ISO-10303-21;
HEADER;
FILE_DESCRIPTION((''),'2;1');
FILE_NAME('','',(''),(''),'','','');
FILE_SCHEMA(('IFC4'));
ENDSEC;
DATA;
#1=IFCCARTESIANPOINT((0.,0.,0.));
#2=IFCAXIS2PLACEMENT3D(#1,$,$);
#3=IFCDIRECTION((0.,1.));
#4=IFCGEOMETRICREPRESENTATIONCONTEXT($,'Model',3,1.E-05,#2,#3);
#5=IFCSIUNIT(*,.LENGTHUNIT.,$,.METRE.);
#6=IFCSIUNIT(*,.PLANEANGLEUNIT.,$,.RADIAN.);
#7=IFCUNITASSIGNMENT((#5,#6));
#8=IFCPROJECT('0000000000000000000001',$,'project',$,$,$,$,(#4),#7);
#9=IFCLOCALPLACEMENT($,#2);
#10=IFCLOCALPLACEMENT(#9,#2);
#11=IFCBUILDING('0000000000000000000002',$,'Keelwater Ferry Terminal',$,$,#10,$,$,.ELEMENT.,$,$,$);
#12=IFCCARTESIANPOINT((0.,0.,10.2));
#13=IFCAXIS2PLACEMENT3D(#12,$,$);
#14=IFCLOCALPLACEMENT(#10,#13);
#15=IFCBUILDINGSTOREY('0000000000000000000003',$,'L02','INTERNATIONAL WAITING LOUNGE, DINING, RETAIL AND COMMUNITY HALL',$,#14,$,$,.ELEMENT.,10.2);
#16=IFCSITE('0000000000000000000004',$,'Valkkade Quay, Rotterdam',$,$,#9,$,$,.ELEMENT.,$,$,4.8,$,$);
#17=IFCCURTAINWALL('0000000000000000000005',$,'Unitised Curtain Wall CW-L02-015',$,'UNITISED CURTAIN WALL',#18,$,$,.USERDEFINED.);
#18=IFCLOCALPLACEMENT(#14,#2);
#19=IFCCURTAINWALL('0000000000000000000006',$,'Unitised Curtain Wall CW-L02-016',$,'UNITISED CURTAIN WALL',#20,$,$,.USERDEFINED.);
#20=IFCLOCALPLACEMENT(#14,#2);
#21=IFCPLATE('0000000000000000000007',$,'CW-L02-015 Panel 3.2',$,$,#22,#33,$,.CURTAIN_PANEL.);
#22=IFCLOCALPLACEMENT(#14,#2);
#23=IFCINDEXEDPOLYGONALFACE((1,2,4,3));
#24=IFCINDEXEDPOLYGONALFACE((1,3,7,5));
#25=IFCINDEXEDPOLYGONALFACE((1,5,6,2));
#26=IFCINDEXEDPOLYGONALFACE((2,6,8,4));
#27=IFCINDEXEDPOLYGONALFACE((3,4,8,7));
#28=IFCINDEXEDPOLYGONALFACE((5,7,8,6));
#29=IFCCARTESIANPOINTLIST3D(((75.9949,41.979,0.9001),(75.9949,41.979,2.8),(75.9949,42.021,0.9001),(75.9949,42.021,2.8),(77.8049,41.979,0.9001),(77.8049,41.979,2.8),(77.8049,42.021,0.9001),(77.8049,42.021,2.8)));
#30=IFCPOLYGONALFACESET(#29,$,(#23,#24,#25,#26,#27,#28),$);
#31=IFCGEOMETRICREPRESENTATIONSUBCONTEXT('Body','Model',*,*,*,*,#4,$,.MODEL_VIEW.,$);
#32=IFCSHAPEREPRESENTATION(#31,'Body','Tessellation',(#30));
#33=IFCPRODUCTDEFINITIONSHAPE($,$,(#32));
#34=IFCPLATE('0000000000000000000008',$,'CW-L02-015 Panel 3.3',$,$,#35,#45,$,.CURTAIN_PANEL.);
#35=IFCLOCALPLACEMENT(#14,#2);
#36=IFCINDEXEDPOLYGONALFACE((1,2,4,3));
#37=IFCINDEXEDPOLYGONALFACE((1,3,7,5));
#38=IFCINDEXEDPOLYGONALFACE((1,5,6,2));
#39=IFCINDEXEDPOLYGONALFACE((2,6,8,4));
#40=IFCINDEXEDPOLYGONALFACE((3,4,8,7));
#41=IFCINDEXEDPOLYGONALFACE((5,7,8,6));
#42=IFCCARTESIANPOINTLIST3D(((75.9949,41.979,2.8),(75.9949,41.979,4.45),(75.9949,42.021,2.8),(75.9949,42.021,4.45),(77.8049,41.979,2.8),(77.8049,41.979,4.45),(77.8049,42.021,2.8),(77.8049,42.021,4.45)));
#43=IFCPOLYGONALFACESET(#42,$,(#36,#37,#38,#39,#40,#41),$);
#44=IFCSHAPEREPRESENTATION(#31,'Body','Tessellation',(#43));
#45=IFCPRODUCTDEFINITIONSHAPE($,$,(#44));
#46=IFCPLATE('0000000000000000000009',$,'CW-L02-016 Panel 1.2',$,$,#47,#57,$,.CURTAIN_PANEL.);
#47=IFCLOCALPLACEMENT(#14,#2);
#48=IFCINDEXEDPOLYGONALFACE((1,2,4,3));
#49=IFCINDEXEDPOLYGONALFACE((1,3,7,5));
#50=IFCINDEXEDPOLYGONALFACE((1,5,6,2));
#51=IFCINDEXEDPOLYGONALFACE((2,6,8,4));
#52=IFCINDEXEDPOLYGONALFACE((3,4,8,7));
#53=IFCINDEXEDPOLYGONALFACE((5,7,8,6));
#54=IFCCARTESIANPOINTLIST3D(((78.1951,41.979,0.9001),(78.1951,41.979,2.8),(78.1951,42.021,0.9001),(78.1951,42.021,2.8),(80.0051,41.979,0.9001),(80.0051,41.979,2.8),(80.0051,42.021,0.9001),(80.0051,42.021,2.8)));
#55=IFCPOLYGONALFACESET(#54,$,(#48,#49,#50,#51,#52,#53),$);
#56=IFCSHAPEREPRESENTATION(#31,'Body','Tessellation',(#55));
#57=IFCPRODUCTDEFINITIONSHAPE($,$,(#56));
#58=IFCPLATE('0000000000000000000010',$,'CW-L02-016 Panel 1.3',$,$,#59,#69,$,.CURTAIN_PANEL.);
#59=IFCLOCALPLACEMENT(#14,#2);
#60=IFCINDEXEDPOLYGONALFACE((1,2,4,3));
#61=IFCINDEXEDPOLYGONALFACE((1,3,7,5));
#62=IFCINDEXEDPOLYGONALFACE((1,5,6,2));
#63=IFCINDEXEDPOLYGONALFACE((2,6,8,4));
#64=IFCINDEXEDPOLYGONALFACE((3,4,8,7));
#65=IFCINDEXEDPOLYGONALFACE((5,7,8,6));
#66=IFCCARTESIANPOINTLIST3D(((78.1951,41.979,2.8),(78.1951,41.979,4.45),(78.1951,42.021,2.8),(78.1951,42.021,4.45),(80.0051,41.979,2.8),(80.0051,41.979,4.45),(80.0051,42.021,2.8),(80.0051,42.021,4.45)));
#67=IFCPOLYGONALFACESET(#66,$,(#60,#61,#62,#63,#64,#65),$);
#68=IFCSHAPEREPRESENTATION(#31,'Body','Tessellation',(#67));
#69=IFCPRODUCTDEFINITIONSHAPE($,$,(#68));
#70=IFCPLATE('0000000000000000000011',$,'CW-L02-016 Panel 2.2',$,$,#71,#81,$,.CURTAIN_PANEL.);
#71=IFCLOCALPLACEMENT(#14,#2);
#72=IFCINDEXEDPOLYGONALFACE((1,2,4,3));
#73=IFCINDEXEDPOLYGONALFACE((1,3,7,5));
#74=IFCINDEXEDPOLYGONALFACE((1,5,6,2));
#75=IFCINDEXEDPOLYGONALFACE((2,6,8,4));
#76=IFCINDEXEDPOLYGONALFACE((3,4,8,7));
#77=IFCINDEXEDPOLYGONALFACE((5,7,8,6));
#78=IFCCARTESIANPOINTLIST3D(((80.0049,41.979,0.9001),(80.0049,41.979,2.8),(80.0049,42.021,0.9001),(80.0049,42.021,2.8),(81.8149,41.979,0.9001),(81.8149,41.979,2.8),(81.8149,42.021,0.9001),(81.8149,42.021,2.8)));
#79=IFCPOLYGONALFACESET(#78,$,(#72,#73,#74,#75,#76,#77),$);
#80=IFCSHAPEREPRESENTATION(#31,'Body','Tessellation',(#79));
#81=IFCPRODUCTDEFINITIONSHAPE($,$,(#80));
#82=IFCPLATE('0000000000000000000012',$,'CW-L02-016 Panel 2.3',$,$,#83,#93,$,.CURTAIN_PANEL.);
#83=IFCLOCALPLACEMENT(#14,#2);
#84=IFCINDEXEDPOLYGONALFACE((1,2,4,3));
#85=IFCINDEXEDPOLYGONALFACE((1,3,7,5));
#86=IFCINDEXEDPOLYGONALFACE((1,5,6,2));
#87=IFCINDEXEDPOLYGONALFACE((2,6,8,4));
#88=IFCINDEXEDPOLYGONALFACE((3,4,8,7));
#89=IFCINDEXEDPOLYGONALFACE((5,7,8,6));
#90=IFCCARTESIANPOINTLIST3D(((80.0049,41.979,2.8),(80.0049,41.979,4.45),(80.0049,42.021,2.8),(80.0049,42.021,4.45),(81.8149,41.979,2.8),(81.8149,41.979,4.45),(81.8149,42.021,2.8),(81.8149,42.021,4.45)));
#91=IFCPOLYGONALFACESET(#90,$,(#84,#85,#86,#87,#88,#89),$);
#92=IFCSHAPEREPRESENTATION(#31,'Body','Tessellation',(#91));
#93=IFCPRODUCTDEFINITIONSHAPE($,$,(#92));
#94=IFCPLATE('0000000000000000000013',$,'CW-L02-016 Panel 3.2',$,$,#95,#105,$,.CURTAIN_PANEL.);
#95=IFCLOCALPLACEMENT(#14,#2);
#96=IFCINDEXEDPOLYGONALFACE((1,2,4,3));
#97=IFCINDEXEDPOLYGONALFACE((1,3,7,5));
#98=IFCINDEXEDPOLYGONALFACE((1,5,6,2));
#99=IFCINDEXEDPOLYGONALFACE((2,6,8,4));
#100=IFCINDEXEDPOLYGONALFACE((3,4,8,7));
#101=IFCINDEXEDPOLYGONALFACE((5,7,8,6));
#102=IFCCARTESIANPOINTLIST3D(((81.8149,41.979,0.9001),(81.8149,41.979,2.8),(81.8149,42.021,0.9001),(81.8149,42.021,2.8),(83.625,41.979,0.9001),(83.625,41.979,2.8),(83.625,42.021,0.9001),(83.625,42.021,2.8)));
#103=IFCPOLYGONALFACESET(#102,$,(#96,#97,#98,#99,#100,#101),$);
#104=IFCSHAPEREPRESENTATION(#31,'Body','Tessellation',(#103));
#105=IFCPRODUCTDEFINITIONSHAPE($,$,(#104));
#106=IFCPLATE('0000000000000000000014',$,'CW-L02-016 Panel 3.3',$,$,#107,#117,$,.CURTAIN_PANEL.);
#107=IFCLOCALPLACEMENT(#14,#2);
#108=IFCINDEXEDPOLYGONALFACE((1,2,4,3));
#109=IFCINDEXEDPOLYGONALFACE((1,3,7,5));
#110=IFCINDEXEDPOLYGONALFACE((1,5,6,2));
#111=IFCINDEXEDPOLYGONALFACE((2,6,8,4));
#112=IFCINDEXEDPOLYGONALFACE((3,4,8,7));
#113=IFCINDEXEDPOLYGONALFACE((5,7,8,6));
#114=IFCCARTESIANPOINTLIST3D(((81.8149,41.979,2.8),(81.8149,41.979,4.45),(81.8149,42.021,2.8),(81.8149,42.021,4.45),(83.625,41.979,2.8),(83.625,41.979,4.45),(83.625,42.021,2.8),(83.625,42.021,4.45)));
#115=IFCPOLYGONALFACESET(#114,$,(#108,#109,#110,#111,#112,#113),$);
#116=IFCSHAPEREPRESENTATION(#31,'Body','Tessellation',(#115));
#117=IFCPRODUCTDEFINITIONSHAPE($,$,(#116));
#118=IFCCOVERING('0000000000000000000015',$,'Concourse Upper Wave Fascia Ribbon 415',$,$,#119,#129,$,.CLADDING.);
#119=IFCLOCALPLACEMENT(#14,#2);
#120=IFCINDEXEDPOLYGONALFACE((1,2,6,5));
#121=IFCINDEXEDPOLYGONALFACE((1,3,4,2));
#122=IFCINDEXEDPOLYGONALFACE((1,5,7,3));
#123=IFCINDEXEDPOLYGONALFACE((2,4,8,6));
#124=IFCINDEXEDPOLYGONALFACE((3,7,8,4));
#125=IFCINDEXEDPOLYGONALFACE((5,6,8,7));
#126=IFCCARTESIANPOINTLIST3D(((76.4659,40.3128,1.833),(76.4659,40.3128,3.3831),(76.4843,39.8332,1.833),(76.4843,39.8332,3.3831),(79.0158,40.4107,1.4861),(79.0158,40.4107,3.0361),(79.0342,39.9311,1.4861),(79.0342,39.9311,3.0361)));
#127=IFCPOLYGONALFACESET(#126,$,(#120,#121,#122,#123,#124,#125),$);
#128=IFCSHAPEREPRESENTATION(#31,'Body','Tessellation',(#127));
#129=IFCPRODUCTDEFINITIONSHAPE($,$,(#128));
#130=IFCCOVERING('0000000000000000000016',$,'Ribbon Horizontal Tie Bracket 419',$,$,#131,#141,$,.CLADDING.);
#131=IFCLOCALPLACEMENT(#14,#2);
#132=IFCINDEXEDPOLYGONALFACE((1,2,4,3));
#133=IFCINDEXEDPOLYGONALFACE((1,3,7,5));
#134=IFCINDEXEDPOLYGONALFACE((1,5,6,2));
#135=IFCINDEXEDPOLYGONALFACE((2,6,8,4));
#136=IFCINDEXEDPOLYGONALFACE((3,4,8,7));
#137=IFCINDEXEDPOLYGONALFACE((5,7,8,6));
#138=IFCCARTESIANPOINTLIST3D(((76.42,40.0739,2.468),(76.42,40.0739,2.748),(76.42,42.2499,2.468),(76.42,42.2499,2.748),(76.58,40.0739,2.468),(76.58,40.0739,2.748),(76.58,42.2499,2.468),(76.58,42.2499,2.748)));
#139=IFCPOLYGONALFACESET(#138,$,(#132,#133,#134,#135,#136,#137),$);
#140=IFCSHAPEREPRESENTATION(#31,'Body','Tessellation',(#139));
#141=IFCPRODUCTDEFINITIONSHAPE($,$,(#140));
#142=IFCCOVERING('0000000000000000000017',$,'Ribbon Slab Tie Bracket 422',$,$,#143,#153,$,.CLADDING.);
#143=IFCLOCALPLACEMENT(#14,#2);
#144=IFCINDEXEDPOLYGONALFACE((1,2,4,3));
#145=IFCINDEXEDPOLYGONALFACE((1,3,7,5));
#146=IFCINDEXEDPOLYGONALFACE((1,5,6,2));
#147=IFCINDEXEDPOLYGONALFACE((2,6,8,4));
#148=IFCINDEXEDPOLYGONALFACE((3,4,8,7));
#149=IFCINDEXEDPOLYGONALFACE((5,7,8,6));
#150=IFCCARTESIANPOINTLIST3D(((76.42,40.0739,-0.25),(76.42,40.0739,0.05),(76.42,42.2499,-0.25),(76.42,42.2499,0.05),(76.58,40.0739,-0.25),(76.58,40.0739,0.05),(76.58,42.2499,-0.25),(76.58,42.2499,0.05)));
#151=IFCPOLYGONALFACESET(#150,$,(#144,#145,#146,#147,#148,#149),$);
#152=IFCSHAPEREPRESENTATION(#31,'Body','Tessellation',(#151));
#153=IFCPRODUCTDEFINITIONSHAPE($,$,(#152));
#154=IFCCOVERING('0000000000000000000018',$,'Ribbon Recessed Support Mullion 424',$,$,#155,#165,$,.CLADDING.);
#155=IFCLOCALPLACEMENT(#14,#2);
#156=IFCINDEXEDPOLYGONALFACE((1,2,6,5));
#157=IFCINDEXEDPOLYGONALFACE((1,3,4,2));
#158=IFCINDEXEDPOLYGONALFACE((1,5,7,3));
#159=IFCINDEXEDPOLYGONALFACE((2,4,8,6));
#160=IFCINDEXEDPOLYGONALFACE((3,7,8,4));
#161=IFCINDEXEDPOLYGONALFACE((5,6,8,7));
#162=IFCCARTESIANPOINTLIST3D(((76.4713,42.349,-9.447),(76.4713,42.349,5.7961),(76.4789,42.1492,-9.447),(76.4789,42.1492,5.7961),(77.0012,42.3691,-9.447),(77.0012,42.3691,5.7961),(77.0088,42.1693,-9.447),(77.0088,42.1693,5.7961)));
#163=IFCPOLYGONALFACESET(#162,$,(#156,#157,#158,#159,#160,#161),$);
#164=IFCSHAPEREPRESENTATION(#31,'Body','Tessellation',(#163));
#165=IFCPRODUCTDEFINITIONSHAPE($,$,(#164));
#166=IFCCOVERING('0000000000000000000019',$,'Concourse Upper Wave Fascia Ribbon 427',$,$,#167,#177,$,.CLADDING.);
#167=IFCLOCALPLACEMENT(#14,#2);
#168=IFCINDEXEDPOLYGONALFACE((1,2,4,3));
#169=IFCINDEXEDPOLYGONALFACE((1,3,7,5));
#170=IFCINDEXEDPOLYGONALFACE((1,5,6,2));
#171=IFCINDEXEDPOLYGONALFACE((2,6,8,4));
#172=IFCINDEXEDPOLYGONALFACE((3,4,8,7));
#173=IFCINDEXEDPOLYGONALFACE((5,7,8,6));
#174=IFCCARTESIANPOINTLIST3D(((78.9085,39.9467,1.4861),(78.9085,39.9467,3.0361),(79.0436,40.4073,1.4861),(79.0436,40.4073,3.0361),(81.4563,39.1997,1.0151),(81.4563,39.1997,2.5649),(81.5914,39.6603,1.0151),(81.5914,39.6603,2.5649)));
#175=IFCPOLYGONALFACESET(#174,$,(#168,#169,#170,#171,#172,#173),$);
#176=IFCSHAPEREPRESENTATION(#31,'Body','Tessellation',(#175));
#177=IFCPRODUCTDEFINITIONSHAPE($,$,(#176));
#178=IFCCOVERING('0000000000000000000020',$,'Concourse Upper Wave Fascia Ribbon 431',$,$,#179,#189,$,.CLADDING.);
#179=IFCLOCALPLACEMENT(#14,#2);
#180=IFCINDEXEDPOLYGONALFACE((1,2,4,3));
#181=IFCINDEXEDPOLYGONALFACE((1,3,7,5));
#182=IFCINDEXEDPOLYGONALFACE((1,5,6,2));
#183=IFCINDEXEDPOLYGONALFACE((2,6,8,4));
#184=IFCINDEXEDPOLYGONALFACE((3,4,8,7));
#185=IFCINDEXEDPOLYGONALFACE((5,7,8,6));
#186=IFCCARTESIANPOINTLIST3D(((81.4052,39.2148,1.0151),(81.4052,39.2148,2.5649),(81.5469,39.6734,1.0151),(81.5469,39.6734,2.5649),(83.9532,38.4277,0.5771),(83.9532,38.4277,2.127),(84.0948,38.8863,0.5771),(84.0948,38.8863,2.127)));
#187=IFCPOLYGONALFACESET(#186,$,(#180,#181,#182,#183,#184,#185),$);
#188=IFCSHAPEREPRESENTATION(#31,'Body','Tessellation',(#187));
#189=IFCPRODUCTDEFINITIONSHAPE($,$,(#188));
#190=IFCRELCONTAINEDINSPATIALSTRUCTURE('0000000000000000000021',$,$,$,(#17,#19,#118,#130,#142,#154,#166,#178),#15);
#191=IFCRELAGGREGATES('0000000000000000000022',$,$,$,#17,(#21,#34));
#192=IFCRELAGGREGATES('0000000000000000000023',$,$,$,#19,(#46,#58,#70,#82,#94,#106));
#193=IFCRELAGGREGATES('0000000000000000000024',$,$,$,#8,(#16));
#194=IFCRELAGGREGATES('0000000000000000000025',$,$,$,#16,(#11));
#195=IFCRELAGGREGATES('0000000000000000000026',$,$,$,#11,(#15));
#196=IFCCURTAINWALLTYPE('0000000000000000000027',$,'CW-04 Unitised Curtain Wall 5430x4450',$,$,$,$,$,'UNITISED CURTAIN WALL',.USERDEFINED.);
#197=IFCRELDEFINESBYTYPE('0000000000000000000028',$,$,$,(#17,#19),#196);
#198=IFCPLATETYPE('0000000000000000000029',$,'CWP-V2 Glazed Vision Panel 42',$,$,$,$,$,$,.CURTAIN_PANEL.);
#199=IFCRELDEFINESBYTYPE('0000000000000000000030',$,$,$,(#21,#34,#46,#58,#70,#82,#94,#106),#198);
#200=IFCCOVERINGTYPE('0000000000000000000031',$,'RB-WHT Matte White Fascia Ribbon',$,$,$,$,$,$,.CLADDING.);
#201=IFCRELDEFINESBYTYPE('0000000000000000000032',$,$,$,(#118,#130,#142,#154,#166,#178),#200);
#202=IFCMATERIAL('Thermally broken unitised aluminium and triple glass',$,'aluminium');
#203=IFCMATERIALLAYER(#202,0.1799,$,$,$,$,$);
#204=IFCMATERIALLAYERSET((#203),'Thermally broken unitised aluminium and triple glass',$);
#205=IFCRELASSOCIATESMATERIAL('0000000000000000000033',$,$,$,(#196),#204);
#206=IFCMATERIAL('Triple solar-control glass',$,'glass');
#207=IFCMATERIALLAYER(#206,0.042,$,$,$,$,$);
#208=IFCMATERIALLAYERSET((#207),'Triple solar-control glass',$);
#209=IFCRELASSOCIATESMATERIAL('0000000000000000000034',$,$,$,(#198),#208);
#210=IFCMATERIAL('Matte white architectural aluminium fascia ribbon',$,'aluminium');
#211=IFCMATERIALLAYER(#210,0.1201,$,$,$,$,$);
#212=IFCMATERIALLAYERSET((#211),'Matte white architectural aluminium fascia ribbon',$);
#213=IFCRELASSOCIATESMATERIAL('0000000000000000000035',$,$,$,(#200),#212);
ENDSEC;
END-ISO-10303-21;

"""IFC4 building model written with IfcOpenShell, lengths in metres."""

from ifc_helpers import new_model, si_unit, direction, frame, frame_2d, origin, origin_2d, place, context, subcontext, project, spatial, polyline, rectangle, outline, extrude, material, layer, layer_set, type_object, element, aggregate, save


model = new_model("IFC4")

# Units and contexts
model_context = context("Model", 3, precision=1e-05, world=origin(), true_north=direction((0.0, 1.0)))
body_context = subcontext(model_context, "Body", "Model", "MODEL_VIEW")
ifc_project = project(units=[si_unit("LENGTHUNIT", "METRE"), si_unit("PLANEANGLEUNIT", "RADIAN")], contexts=[model_context])

# Site, building, storey
site_placement = place(None, origin())
site = spatial("IfcSite", under=ifc_project, at=site_placement, Name="Valkkade Quay, Rotterdam", CompositionType="ELEMENT", RefElevation=4.8)
building_placement = place(site_placement, origin())
building = spatial("IfcBuilding", under=site, at=building_placement, Name="Keelwater Ferry Terminal", CompositionType="ELEMENT")
storey_placement = place(building_placement, frame((0.0, 0.0, 10.2)))
storey = spatial("IfcBuildingStorey", under=building, at=storey_placement, Name="L02", Description="INTERNATIONAL WAITING LOUNGE, DINING, RETAIL AND COMMUNITY HALL", CompositionType="ELEMENT", Elevation=10.2)

# Curtain walls
ifc_material_1 = material(Name="Thermally broken unitised aluminium and triple glass", Category="aluminium")
ifc_layer_1 = layer(ifc_material_1, 0.1799)
ifc_layer_set_1 = layer_set([ifc_layer_1], Name="Thermally broken unitised aluminium and triple glass")
curtain_wall_type = type_object("IfcCurtainWallType", Name="CW-04 Unitised Curtain Wall 5430x4450", ElementType="UNITISED CURTAIN WALL", PredefinedType="USERDEFINED", material=ifc_layer_set_1)
curtain_wall_1_placement = place(storey_placement, origin())
curtain_wall_1 = element("IfcCurtainWall", 1, at=curtain_wall_1_placement, inside=storey, type_object=curtain_wall_type, Name="Unitised Curtain Wall CW-L02-015", ObjectType="UNITISED CURTAIN WALL", PredefinedType="USERDEFINED")
curtain_wall_2_placement = place(storey_placement, origin())
curtain_wall_2 = element("IfcCurtainWall", 2, at=curtain_wall_2_placement, inside=storey, type_object=curtain_wall_type, Name="Unitised Curtain Wall CW-L02-016", ObjectType="UNITISED CURTAIN WALL", PredefinedType="USERDEFINED")

# Plates
ifc_material_2 = material(Name="Triple solar-control glass", Category="glass")
ifc_layer_2 = layer(ifc_material_2, 0.042)
ifc_layer_set_2 = layer_set([ifc_layer_2], Name="Triple solar-control glass")
plate_type_1 = type_object("IfcPlateType", Name="CWP-V2 Glazed Vision Panel 42", PredefinedType="CURTAIN_PANEL", material=ifc_layer_set_2)
plate_1_placement = place(storey_placement, frame((76.8999, 42.0, 0.9001), z_axis=(0.0, 0.0, 1.0), x_axis=(1.0, 0.0, 0.0)))
plate_1 = element("IfcPlate", 3, at=plate_1_placement, type_object=plate_type_1, Name="CW-L02-015 Panel 3.2", PredefinedType="CURTAIN_PANEL", context=body_context, shape_type="SweptSolid", body=[
    extrude(rectangle(XDim=1.8101, YDim=0.042, at=origin_2d()), origin(), (0.0, 0.0, 1.0), 1.8999),
])
plate_2_placement = place(storey_placement, frame((76.8999, 42.0, 2.8), z_axis=(0.0, 0.0, 1.0), x_axis=(1.0, 0.0, 0.0)))
plate_2 = element("IfcPlate", 4, at=plate_2_placement, type_object=plate_type_1, Name="CW-L02-015 Panel 3.3", PredefinedType="CURTAIN_PANEL", context=body_context, shape_type="SweptSolid", body=[
    extrude(rectangle(XDim=1.8101, YDim=0.042, at=origin_2d()), origin(), (0.0, 0.0, 1.0), 1.6499),
])
aggregate(curtain_wall_1, [plate_1, plate_2])
plate_3_placement = place(storey_placement, frame((79.1001, 42.0, 0.9001), z_axis=(0.0, 0.0, 1.0), x_axis=(1.0, 0.0, 0.0)))
plate_3 = element("IfcPlate", 5, at=plate_3_placement, type_object=plate_type_1, Name="CW-L02-016 Panel 1.2", PredefinedType="CURTAIN_PANEL", context=body_context, shape_type="SweptSolid", body=[
    extrude(rectangle(XDim=1.8101, YDim=0.042, at=origin_2d()), origin(), (0.0, 0.0, 1.0), 1.8999),
])
plate_4_placement = place(storey_placement, frame((79.1001, 42.0, 2.8), z_axis=(0.0, 0.0, 1.0), x_axis=(1.0, 0.0, 0.0)))
plate_4 = element("IfcPlate", 6, at=plate_4_placement, type_object=plate_type_1, Name="CW-L02-016 Panel 1.3", PredefinedType="CURTAIN_PANEL", context=body_context, shape_type="SweptSolid", body=[
    extrude(rectangle(XDim=1.8101, YDim=0.042, at=origin_2d()), origin(), (0.0, 0.0, 1.0), 1.6499),
])
plate_5_placement = place(storey_placement, frame((80.9099, 42.0, 0.9001), z_axis=(0.0, 0.0, 1.0), x_axis=(1.0, 0.0, 0.0)))
plate_5 = element("IfcPlate", 7, at=plate_5_placement, type_object=plate_type_1, Name="CW-L02-016 Panel 2.2", PredefinedType="CURTAIN_PANEL", context=body_context, shape_type="SweptSolid", body=[
    extrude(rectangle(XDim=1.8101, YDim=0.042, at=origin_2d()), origin(), (0.0, 0.0, 1.0), 1.8999),
])
plate_6_placement = place(storey_placement, frame((80.9099, 42.0, 2.8), z_axis=(0.0, 0.0, 1.0), x_axis=(1.0, 0.0, 0.0)))
plate_6 = element("IfcPlate", 8, at=plate_6_placement, type_object=plate_type_1, Name="CW-L02-016 Panel 2.3", PredefinedType="CURTAIN_PANEL", context=body_context, shape_type="SweptSolid", body=[
    extrude(rectangle(XDim=1.8101, YDim=0.042, at=origin_2d()), origin(), (0.0, 0.0, 1.0), 1.6499),
])
plate_7_placement = place(storey_placement, frame((82.72, 42.0, 0.9001), z_axis=(0.0, 0.0, 1.0), x_axis=(1.0, 0.0, 0.0)))
plate_7 = element("IfcPlate", 9, at=plate_7_placement, type_object=plate_type_1, Name="CW-L02-016 Panel 3.2", PredefinedType="CURTAIN_PANEL", context=body_context, shape_type="SweptSolid", body=[
    extrude(rectangle(XDim=1.8101, YDim=0.042, at=origin_2d()), origin(), (0.0, 0.0, 1.0), 1.8999),
])
plate_8_placement = place(storey_placement, frame((82.72, 42.0, 2.8), z_axis=(0.0, 0.0, 1.0), x_axis=(1.0, 0.0, 0.0)))
plate_8 = element("IfcPlate", 10, at=plate_8_placement, type_object=plate_type_1, Name="CW-L02-016 Panel 3.3", PredefinedType="CURTAIN_PANEL", context=body_context, shape_type="SweptSolid", body=[
    extrude(rectangle(XDim=1.8101, YDim=0.042, at=origin_2d()), origin(), (0.0, 0.0, 1.0), 1.6499),
])
aggregate(curtain_wall_2, [plate_3, plate_4, plate_5, plate_6, plate_7, plate_8])

# Coverings
ifc_material_3 = material(Name="Matte white architectural aluminium fascia ribbon", Category="aluminium")
ifc_layer_3 = layer(ifc_material_3, 0.1201)
ifc_layer_set_3 = layer_set([ifc_layer_3], Name="Matte white architectural aluminium fascia ribbon")
covering_type = type_object("IfcCoveringType", Name="RB-WHT Matte White Fascia Ribbon", PredefinedType="CLADDING", material=ifc_layer_set_3)
covering_1_placement = place(storey_placement, frame((76.4751, 40.073, 1.4861), z_axis=(0.0, 0.0, 1.0), x_axis=(0.999264, 0.038367, 0.0)))
element("IfcCovering", 11, at=covering_1_placement, inside=storey, type_object=covering_type, Name="Concourse Upper Wave Fascia Ribbon 415", PredefinedType="CLADDING", context=body_context, shape_type="SweptSolid", body=[
    extrude(outline(polyline([(0.0, 0.3469), (2.5518, 0.0), (2.5518, 1.55), (0.0, 1.897), (0.0, 0.3469)])), frame((0.0, 0.24, 0.0), z_axis=(0.0, -1.0, 0.0), x_axis=(1.0, 0.0, 0.0)), (0.0, 0.0, 1.0), 0.48),
])
covering_2_placement = place(storey_placement, frame((76.5, 40.074, 2.468), z_axis=(0.0, 0.0, 1.0), x_axis=(0.0, 1.0, 0.0)))
element("IfcCovering", 12, at=covering_2_placement, inside=storey, type_object=covering_type, Name="Ribbon Horizontal Tie Bracket 419", PredefinedType="CLADDING", context=body_context, shape_type="SweptSolid", body=[
    extrude(rectangle(XDim=2.176, YDim=0.1599, at=frame_2d((1.0879, 0.0))), origin(), (0.0, 0.0, 1.0), 0.28),
])
covering_3_placement = place(storey_placement, frame((76.5, 40.074, -0.25), z_axis=(0.0, 0.0, 1.0), x_axis=(0.0, 1.0, 0.0)))
element("IfcCovering", 13, at=covering_3_placement, inside=storey, type_object=covering_type, Name="Ribbon Slab Tie Bracket 422", PredefinedType="CLADDING", context=body_context, shape_type="SweptSolid", body=[
    extrude(rectangle(XDim=2.176, YDim=0.1599, at=frame_2d((1.0879, 0.0))), origin(), (0.0, 0.0, 1.0), 0.3),
])
covering_4_placement = place(storey_placement, frame((76.4751, 42.249, -9.447), z_axis=(0.0, 0.0, 1.0), x_axis=(0.999287, 0.037761, 0.0)))
element("IfcCovering", 14, at=covering_4_placement, inside=storey, type_object=covering_type, Name="Ribbon Recessed Support Mullion 424", PredefinedType="CLADDING", context=body_context, shape_type="SweptSolid", body=[
    extrude(outline(polyline([(0.0, 0.0), (0.5303, 0.0), (0.5303, 15.2432), (0.0, 15.2432), (0.0, 0.0)])), frame((0.0, 0.1001, 0.0), z_axis=(0.0, -1.0, 0.0), x_axis=(1.0, 0.0, 0.0)), (0.0, 0.0, 1.0), 0.2),
])
covering_5_placement = place(storey_placement, frame((78.9761, 40.177, 1.0151), z_axis=(0.0, 0.0, 1.0), x_axis=(0.959599, -0.28137, 0.0)))
element("IfcCovering", 15, at=covering_5_placement, inside=storey, type_object=covering_type, Name="Concourse Upper Wave Fascia Ribbon 427", PredefinedType="CLADDING", context=body_context, shape_type="SweptSolid", body=[
    extrude(outline(polyline([(0.0, 0.4709), (2.655, 0.0), (2.655, 1.5498), (0.0, 2.021), (0.0, 0.4709)])), frame((0.0, 0.24, 0.0), z_axis=(0.0, -1.0, 0.0), x_axis=(1.0, 0.0, 0.0)), (0.0, 0.0, 1.0), 0.48),
])
covering_6_placement = place(storey_placement, frame((81.4761, 39.4441, 0.5771), z_axis=(0.0, 0.0, 1.0), x_axis=(0.955446, -0.295166, 0.0)))
element("IfcCovering", 16, at=covering_6_placement, inside=storey, type_object=covering_type, Name="Concourse Upper Wave Fascia Ribbon 431", PredefinedType="CLADDING", context=body_context, shape_type="SweptSolid", body=[
    extrude(outline(polyline([(0.0, 0.438), (2.6667, 0.0), (2.6667, 1.5498), (0.0, 1.9878), (0.0, 0.438)])), frame((0.0, 0.24, 0.0), z_axis=(0.0, -1.0, 0.0), x_axis=(1.0, 0.0, 0.0)), (0.0, 0.0, 1.0), 0.48),
])

save(model, "model.ifc")
